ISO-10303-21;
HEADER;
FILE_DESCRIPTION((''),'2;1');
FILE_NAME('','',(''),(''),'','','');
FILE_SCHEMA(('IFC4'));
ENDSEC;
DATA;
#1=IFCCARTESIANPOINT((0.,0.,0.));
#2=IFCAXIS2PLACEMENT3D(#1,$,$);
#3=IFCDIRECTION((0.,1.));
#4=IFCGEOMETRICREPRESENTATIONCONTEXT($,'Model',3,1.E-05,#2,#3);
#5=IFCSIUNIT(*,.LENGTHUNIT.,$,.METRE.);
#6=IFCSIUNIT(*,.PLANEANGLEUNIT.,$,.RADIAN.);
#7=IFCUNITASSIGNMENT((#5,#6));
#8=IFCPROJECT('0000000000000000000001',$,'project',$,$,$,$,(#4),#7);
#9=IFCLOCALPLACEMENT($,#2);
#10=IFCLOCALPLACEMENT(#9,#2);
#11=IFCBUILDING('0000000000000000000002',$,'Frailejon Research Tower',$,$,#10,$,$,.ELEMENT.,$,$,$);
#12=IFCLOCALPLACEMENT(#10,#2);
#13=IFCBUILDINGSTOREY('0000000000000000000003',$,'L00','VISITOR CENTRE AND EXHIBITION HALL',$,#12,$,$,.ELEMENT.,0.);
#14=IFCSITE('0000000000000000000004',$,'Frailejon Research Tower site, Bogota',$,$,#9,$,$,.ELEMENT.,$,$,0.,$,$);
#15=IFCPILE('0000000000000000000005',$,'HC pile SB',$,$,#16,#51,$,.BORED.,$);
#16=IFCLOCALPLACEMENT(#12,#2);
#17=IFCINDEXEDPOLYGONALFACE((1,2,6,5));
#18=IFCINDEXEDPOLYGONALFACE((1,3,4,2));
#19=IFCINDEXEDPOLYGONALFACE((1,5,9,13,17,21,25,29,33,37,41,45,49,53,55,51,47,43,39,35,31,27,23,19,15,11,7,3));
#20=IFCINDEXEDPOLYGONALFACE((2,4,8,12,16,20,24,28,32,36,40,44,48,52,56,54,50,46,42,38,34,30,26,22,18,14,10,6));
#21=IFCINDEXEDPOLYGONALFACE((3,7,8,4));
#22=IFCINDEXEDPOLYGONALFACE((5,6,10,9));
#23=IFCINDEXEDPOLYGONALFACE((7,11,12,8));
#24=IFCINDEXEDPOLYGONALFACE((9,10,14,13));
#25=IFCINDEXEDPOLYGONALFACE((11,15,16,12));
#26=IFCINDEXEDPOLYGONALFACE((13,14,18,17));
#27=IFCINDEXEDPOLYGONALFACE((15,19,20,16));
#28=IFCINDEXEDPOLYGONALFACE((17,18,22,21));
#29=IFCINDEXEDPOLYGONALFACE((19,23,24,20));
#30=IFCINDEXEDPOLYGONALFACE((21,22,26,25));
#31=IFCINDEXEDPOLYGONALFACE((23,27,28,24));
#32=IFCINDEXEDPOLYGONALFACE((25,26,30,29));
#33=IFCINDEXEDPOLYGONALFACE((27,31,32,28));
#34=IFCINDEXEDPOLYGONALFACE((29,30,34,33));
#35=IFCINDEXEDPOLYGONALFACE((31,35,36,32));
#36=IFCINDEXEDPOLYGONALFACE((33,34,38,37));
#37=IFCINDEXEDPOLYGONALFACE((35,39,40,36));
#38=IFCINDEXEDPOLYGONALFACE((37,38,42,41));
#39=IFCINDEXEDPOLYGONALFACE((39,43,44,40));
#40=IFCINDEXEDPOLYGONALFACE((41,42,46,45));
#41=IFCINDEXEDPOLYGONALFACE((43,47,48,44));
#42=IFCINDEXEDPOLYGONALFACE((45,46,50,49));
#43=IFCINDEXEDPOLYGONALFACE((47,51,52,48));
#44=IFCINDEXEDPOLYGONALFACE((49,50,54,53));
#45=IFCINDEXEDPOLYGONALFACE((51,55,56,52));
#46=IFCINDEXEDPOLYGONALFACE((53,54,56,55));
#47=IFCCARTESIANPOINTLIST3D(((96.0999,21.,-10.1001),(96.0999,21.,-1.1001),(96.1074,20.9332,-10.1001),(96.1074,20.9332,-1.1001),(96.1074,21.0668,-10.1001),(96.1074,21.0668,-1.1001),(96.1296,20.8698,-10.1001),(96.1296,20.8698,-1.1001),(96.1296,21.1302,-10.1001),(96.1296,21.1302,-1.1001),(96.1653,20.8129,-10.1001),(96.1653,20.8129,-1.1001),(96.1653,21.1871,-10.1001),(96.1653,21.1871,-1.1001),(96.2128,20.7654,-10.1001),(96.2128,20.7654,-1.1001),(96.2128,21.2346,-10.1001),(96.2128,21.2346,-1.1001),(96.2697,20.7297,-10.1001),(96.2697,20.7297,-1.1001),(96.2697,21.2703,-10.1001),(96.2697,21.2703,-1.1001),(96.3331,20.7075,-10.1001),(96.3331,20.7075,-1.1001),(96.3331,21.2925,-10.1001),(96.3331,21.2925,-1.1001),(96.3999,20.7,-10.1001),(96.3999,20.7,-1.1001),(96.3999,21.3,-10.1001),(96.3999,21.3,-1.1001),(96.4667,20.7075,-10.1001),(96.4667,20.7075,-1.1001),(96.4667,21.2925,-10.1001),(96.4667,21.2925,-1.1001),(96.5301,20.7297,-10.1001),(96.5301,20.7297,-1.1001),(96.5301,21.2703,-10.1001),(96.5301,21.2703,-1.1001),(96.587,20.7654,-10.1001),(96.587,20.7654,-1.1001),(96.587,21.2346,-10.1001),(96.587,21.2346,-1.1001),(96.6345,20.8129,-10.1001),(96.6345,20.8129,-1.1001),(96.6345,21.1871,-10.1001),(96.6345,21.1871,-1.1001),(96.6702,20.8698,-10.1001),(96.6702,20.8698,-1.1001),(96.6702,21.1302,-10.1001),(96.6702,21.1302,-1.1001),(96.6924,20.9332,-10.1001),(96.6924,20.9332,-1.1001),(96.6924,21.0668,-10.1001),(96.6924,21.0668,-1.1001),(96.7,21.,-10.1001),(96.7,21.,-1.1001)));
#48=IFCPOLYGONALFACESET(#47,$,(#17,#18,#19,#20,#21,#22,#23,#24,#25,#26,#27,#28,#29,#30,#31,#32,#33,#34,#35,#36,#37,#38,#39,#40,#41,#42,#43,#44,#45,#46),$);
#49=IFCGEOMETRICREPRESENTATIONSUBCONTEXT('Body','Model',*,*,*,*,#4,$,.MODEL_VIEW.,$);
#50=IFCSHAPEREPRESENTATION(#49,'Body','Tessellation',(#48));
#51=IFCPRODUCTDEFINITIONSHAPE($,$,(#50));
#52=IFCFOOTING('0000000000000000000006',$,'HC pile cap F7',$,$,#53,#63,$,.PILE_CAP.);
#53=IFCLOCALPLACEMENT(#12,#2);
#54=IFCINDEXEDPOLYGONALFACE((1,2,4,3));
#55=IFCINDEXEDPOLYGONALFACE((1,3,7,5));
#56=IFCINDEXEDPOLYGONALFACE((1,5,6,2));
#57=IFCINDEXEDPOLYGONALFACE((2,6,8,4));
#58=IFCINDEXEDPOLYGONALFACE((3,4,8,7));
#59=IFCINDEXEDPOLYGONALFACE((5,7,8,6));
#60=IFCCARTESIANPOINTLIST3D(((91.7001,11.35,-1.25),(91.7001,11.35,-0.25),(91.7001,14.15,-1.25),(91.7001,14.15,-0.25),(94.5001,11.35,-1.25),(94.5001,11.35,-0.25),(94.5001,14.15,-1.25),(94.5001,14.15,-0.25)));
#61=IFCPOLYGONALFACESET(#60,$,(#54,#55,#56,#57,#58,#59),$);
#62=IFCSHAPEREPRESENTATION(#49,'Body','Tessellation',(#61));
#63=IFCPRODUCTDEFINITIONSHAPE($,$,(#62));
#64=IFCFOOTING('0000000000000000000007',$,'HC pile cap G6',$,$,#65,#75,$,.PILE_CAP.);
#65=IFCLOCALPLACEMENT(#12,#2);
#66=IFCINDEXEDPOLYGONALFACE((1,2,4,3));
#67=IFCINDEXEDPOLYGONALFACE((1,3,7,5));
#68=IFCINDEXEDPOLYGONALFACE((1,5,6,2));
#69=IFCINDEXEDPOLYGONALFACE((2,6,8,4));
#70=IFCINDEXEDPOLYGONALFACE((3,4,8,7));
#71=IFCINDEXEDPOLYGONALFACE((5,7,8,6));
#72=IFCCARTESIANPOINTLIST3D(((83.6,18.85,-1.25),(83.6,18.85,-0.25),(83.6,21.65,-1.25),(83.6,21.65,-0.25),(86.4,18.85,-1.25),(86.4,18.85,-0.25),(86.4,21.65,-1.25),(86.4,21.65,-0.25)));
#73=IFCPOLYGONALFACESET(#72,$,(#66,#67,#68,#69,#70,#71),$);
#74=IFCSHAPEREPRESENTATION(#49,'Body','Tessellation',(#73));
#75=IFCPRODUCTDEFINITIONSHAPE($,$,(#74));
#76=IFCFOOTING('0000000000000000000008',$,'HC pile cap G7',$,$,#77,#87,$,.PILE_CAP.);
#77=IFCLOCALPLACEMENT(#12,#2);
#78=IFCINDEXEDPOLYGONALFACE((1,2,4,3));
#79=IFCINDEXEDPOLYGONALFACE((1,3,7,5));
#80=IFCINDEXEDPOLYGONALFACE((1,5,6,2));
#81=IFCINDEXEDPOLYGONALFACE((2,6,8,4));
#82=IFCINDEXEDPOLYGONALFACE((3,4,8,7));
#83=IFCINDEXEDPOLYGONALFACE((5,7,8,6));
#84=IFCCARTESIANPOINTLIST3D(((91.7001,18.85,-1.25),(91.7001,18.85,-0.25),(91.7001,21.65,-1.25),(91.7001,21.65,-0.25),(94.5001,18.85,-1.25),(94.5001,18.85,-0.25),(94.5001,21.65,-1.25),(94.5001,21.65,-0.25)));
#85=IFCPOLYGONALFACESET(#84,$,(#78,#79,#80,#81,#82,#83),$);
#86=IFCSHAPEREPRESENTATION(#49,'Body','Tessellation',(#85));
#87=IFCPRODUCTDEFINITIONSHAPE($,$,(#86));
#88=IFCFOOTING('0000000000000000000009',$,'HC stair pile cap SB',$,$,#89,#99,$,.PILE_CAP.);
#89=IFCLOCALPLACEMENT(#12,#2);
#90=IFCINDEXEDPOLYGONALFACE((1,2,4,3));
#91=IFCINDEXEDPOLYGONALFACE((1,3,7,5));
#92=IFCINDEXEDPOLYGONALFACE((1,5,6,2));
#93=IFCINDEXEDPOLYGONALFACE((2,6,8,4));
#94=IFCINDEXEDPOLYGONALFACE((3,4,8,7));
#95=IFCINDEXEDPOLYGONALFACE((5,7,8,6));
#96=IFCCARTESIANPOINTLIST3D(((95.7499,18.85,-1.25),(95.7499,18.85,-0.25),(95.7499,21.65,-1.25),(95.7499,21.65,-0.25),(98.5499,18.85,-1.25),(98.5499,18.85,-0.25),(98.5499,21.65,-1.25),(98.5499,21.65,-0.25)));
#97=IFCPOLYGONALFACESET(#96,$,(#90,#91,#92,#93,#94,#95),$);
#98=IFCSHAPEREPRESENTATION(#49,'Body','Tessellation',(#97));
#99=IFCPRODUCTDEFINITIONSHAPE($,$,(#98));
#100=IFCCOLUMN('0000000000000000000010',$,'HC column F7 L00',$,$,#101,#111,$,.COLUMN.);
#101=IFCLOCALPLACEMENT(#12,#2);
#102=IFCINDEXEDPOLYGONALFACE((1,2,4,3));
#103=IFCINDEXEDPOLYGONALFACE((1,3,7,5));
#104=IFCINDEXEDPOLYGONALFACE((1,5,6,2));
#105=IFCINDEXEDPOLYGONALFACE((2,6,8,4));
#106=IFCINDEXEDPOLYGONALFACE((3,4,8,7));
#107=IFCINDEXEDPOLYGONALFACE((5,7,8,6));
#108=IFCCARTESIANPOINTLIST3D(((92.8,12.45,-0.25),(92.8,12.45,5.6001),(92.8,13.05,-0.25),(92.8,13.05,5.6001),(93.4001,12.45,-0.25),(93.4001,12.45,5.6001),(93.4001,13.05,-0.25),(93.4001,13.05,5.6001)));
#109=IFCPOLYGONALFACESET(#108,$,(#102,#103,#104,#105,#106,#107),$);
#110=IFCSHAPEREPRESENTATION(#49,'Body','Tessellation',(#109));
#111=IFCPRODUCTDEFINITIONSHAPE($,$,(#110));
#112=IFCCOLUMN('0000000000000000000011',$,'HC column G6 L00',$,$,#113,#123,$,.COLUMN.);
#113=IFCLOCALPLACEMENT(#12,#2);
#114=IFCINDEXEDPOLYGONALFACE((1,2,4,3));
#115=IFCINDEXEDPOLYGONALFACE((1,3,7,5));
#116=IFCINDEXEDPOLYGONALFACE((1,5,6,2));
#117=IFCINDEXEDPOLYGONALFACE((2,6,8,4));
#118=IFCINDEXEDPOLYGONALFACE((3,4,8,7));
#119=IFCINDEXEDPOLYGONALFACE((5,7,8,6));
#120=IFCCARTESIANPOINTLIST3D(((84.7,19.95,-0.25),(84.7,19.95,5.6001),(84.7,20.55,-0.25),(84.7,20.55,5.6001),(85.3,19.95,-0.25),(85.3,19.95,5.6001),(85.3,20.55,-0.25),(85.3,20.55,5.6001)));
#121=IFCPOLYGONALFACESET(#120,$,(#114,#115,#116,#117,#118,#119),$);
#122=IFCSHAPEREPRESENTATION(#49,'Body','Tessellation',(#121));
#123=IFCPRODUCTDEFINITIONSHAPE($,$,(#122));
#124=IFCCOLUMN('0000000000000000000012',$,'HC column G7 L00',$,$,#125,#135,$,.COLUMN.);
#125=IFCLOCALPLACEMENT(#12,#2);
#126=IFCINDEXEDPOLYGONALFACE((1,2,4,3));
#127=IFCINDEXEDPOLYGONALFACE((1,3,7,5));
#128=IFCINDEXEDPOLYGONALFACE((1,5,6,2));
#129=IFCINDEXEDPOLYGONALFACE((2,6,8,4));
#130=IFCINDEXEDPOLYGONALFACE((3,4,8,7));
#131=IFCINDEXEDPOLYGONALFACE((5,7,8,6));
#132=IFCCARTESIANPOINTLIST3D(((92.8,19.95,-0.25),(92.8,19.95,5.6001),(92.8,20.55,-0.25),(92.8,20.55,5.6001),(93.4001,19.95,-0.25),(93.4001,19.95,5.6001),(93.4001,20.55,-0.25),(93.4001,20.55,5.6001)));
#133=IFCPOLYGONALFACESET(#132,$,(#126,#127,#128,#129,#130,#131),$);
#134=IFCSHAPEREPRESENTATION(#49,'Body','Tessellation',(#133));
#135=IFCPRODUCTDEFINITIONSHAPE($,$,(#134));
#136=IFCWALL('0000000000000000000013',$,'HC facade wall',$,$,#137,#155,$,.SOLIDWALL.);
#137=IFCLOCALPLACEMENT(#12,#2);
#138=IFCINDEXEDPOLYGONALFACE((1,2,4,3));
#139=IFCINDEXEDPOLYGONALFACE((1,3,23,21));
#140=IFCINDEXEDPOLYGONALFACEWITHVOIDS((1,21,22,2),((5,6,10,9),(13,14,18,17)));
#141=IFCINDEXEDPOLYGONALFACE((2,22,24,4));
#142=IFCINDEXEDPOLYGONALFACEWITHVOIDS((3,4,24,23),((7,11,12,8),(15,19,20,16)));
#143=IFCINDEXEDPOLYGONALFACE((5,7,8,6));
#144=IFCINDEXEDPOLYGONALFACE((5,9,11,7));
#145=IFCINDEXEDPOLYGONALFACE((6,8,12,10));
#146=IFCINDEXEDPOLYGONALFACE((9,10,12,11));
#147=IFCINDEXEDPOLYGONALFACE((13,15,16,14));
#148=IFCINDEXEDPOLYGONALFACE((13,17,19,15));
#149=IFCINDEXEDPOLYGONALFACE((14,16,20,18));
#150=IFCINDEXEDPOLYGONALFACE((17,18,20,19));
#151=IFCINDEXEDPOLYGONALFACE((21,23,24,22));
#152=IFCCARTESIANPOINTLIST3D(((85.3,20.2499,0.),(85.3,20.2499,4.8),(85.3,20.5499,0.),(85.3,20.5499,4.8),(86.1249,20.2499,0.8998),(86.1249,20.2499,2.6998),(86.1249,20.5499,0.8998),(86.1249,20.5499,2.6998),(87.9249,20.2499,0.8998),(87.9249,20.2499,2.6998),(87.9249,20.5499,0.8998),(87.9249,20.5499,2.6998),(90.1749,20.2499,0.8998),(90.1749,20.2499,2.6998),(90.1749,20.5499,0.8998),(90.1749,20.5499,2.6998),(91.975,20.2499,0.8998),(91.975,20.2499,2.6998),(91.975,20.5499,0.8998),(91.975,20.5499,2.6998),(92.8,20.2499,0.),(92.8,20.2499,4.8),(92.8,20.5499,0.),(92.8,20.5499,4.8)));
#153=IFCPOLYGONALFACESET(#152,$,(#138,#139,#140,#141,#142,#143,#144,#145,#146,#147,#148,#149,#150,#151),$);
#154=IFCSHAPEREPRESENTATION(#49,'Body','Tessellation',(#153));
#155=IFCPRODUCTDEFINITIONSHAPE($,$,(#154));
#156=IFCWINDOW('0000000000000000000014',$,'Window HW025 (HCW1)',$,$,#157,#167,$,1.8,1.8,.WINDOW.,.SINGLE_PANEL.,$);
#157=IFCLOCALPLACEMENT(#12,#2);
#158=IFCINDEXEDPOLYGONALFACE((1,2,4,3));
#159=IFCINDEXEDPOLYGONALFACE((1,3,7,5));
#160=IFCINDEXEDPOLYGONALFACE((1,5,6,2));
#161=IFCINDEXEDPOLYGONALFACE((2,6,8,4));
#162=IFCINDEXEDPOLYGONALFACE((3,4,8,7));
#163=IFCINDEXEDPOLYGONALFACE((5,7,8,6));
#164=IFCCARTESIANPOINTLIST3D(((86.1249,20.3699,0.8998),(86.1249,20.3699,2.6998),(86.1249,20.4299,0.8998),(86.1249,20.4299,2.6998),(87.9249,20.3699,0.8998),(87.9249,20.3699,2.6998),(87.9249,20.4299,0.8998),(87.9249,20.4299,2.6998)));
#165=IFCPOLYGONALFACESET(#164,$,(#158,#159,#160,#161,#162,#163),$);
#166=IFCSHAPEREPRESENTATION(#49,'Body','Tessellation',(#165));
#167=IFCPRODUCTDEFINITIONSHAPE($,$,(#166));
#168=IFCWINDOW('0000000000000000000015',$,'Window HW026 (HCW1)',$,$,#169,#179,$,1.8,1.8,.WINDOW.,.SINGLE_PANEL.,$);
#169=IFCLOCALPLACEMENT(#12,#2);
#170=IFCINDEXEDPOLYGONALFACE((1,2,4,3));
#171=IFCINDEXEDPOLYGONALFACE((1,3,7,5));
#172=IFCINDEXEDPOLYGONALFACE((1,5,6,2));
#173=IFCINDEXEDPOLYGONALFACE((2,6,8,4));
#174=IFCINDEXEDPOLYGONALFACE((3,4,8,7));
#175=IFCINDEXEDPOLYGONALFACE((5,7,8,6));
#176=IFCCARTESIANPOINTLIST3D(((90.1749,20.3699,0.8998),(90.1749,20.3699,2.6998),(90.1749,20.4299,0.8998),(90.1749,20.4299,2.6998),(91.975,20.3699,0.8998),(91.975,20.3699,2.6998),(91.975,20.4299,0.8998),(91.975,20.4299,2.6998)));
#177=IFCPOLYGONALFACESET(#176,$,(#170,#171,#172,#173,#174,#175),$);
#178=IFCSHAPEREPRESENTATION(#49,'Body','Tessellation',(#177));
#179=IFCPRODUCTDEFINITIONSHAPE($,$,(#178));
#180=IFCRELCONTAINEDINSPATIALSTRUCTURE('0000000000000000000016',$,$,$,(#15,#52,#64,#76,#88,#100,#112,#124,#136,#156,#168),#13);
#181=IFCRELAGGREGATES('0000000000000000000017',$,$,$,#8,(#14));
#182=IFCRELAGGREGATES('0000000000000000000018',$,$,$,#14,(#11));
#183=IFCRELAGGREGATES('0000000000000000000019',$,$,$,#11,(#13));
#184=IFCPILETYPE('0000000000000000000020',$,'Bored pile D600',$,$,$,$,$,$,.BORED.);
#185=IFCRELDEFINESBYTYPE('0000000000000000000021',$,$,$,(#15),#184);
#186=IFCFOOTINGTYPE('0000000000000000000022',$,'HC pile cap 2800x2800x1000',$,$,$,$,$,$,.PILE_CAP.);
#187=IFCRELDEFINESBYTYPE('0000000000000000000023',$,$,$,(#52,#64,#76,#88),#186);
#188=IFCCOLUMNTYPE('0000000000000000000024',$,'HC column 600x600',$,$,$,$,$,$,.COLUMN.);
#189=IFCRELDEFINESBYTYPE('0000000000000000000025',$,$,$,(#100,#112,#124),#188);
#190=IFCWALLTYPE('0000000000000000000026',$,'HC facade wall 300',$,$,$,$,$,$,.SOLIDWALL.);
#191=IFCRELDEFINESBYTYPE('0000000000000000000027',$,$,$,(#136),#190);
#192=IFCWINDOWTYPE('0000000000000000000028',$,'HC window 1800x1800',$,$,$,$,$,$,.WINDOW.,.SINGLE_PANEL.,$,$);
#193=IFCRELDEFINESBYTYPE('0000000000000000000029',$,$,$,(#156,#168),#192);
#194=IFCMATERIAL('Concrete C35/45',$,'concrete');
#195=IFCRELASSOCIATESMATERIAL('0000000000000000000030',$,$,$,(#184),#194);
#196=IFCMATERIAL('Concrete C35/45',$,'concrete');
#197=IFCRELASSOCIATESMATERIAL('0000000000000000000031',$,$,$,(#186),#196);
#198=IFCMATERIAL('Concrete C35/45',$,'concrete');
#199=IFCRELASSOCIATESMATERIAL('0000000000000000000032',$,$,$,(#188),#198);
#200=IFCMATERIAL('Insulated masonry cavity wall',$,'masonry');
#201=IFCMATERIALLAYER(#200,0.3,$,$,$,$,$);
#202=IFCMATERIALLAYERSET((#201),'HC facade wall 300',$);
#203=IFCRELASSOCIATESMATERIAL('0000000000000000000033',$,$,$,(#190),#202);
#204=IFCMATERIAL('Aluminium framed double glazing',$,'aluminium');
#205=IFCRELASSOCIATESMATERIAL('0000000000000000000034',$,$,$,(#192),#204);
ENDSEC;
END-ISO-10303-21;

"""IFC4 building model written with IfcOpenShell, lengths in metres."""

from ifc_helpers import new_model, si_unit, direction, frame, frame_2d, origin, origin_2d, place, context, subcontext, project, spatial, rectangle, circle, extrude, material, layer, layer_set, material_profile, profile_set, type_object, element, fill, save


model = new_model("IFC4")

# Units and contexts
model_context = context("Model", 3, precision=1e-05, world=origin(), true_north=direction((0.0, 1.0)))
body_context = subcontext(model_context, "Body", "Model", "MODEL_VIEW")
ifc_project = project(units=[si_unit("LENGTHUNIT", "METRE"), si_unit("PLANEANGLEUNIT", "RADIAN")], contexts=[model_context])

# Site, building, storey
site_placement = place(None, origin())
site = spatial("IfcSite", under=ifc_project, at=site_placement, Name="Frailejon Research Tower site, Bogota", CompositionType="ELEMENT", RefElevation=0.0)
building_placement = place(site_placement, origin())
building = spatial("IfcBuilding", under=site, at=building_placement, Name="Frailejon Research Tower", CompositionType="ELEMENT")
storey_placement = place(building_placement, origin())
storey = spatial("IfcBuildingStorey", under=building, at=storey_placement, Name="L00", Description="VISITOR CENTRE AND EXHIBITION HALL", CompositionType="ELEMENT", Elevation=0.0)

# Pile
ifc_material_1 = material(Name="Concrete C35/45", Category="concrete")
ifc_material_profile_1 = material_profile(ifc_material_1, circle(Radius=0.3, at=origin_2d()), Name="Bored pile D600")
ifc_profile_set_1 = profile_set([ifc_material_profile_1], Name="Concrete C35/45")
pile_type = type_object("IfcPileType", Name="Bored pile D600", PredefinedType="BORED", material=ifc_profile_set_1)
for number, where, z_axis, x_axis, name in (
    (1, (96.3999, 21.0, -1.1001), (0.0, 0.0, -1.0), (1.0, 0.0, 0.0), "HC pile SB"),
):
    element("IfcPile", number, at=place(storey_placement, frame(where, z_axis=z_axis, x_axis=x_axis)), inside=storey, type_object=pile_type, Name=name, PredefinedType="BORED", context=body_context, shape_type="SweptSolid", body=[
        extrude(circle(Radius=0.3, at=origin_2d()), origin(), (0.0, 0.0, 1.0), 9.0),
    ])

# Footings
ifc_material_2 = material(Name="Concrete C35/45", Category="concrete")
footing_type = type_object("IfcFootingType", Name="HC pile cap 2800x2800x1000", PredefinedType="PILE_CAP", material=ifc_material_2)
for number, where, z_axis, x_axis, name in (
    (2, (93.1001, 12.75, -1.25), (0.0, 0.0, 1.0), (1.0, 0.0, 0.0), "HC pile cap F7"),
    (3, (85.0, 20.25, -1.25), (0.0, 0.0, 1.0), (1.0, 0.0, 0.0), "HC pile cap G6"),
    (4, (93.1001, 20.25, -1.25), (0.0, 0.0, 1.0), (1.0, 0.0, 0.0), "HC pile cap G7"),
    (5, (97.1499, 20.25, -1.25), (0.0, 0.0, 1.0), (1.0, 0.0, 0.0), "HC stair pile cap SB"),
):
    element("IfcFooting", number, at=place(storey_placement, frame(where, z_axis=z_axis, x_axis=x_axis)), inside=storey, type_object=footing_type, Name=name, PredefinedType="PILE_CAP", context=body_context, shape_type="SweptSolid", body=[
        extrude(rectangle(XDim=2.8, YDim=2.8, at=origin_2d()), origin(), (0.0, 0.0, 1.0), 1.0),
    ])

# Columns
ifc_material_3 = material(Name="Concrete C35/45", Category="concrete")
ifc_material_profile_2 = material_profile(ifc_material_3, rectangle(XDim=0.6001, YDim=0.6001, at=origin_2d()), Name="HC column 600x600")
ifc_profile_set_2 = profile_set([ifc_material_profile_2], Name="Concrete C35/45")
column_type = type_object("IfcColumnType", Name="HC column 600x600", PredefinedType="COLUMN", material=ifc_profile_set_2)
for number, where, z_axis, x_axis, name in (
    (6, (93.1001, 12.75, -0.25), (0.0, 0.0, 1.0), (1.0, 0.0, 0.0), "HC column F7 L00"),
    (7, (85.0, 20.25, -0.25), (0.0, 0.0, 1.0), (1.0, 0.0, 0.0), "HC column G6 L00"),
    (8, (93.1001, 20.25, -0.25), (0.0, 0.0, 1.0), (1.0, 0.0, 0.0), "HC column G7 L00"),
):
    element("IfcColumn", number, at=place(storey_placement, frame(where, z_axis=z_axis, x_axis=x_axis)), inside=storey, type_object=column_type, Name=name, PredefinedType="COLUMN", context=body_context, shape_type="SweptSolid", body=[
        extrude(rectangle(XDim=0.6001, YDim=0.6001, at=origin_2d()), origin(), (0.0, 0.0, 1.0), 5.8501),
    ])

# Wall, openings, windows
ifc_material_4 = material(Name="Insulated masonry cavity wall", Category="masonry")
ifc_layer_1 = layer(ifc_material_4, 0.3)
ifc_layer_set_1 = layer_set([ifc_layer_1], Name="HC facade wall 300")
wall_type_1 = type_object("IfcWallType", Name="HC facade wall 300", PredefinedType="SOLIDWALL", material=ifc_layer_set_1)
wall_1_placement = place(storey_placement, frame((85.3, 20.3999, 0.0), z_axis=(0.0, 0.0, 1.0), x_axis=(1.0, 0.0, 0.0)))
wall_1 = element("IfcWall", 9, at=wall_1_placement, inside=storey, type_object=wall_type_1, Name="HC facade wall", PredefinedType="SOLIDWALL", context=body_context, shape_type="SweptSolid", body=[
    extrude(rectangle(XDim=7.5, YDim=0.3, at=frame_2d((3.75, 0.0))), origin(), (0.0, 0.0, 1.0), 4.8),
])
opening_1_placement = place(wall_1_placement, frame((0.825, 0.0, 0.8999)))
opening_1 = element("IfcOpeningElement", 10, at=opening_1_placement, cuts=wall_1, PredefinedType="OPENING", context=body_context, shape_type="SweptSolid", body=[
    extrude(rectangle(XDim=1.8, YDim=1.8, at=frame_2d((0.8999, 0.8999))), frame((0.0, 0.1599, 0.0), z_axis=(0.0, -1.0, 0.0), x_axis=(1.0, 0.0, 0.0)), (0.0, 0.0, 1.0), 0.3201),
])
opening_2_placement = place(wall_1_placement, frame((4.875, 0.0, 0.8999)))
opening_2 = element("IfcOpeningElement", 11, at=opening_2_placement, cuts=wall_1, PredefinedType="OPENING", context=body_context, shape_type="SweptSolid", body=[
    extrude(rectangle(XDim=1.8, YDim=1.8, at=frame_2d((0.8999, 0.8999))), frame((0.0, 0.1599, 0.0), z_axis=(0.0, -1.0, 0.0), x_axis=(1.0, 0.0, 0.0)), (0.0, 0.0, 1.0), 0.3201),
])
ifc_material_5 = material(Name="Aluminium framed double glazing", Category="aluminium")
window_type = type_object("IfcWindowType", Name="HC window 1800x1800", PartitioningType="SINGLE_PANEL", PredefinedType="WINDOW", material=ifc_material_5)
window_1_placement = place(opening_1_placement, origin())
window_1 = element("IfcWindow", 12, at=window_1_placement, inside=storey, type_object=window_type, Name="Window HW025 (HCW1)", OverallHeight=1.8, OverallWidth=1.8, PartitioningType="SINGLE_PANEL", PredefinedType="WINDOW", context=body_context, shape_type="SweptSolid", body=[
    extrude(rectangle(XDim=1.8, YDim=1.8, at=frame_2d((0.8999, 0.8999))), frame((0.0, 0.03, 0.0), z_axis=(0.0, -1.0, 0.0), x_axis=(1.0, 0.0, 0.0)), (0.0, 0.0, 1.0), 0.0601),
])
fill(opening_1, window_1)
window_2_placement = place(opening_2_placement, origin())
window_2 = element("IfcWindow", 13, at=window_2_placement, inside=storey, type_object=window_type, Name="Window HW026 (HCW1)", OverallHeight=1.8, OverallWidth=1.8, PartitioningType="SINGLE_PANEL", PredefinedType="WINDOW", context=body_context, shape_type="SweptSolid", body=[
    extrude(rectangle(XDim=1.8, YDim=1.8, at=frame_2d((0.8999, 0.8999))), frame((0.0, 0.03, 0.0), z_axis=(0.0, -1.0, 0.0), x_axis=(1.0, 0.0, 0.0)), (0.0, 0.0, 1.0), 0.0601),
])
fill(opening_2, window_2)

save(model, "model.ifc")
